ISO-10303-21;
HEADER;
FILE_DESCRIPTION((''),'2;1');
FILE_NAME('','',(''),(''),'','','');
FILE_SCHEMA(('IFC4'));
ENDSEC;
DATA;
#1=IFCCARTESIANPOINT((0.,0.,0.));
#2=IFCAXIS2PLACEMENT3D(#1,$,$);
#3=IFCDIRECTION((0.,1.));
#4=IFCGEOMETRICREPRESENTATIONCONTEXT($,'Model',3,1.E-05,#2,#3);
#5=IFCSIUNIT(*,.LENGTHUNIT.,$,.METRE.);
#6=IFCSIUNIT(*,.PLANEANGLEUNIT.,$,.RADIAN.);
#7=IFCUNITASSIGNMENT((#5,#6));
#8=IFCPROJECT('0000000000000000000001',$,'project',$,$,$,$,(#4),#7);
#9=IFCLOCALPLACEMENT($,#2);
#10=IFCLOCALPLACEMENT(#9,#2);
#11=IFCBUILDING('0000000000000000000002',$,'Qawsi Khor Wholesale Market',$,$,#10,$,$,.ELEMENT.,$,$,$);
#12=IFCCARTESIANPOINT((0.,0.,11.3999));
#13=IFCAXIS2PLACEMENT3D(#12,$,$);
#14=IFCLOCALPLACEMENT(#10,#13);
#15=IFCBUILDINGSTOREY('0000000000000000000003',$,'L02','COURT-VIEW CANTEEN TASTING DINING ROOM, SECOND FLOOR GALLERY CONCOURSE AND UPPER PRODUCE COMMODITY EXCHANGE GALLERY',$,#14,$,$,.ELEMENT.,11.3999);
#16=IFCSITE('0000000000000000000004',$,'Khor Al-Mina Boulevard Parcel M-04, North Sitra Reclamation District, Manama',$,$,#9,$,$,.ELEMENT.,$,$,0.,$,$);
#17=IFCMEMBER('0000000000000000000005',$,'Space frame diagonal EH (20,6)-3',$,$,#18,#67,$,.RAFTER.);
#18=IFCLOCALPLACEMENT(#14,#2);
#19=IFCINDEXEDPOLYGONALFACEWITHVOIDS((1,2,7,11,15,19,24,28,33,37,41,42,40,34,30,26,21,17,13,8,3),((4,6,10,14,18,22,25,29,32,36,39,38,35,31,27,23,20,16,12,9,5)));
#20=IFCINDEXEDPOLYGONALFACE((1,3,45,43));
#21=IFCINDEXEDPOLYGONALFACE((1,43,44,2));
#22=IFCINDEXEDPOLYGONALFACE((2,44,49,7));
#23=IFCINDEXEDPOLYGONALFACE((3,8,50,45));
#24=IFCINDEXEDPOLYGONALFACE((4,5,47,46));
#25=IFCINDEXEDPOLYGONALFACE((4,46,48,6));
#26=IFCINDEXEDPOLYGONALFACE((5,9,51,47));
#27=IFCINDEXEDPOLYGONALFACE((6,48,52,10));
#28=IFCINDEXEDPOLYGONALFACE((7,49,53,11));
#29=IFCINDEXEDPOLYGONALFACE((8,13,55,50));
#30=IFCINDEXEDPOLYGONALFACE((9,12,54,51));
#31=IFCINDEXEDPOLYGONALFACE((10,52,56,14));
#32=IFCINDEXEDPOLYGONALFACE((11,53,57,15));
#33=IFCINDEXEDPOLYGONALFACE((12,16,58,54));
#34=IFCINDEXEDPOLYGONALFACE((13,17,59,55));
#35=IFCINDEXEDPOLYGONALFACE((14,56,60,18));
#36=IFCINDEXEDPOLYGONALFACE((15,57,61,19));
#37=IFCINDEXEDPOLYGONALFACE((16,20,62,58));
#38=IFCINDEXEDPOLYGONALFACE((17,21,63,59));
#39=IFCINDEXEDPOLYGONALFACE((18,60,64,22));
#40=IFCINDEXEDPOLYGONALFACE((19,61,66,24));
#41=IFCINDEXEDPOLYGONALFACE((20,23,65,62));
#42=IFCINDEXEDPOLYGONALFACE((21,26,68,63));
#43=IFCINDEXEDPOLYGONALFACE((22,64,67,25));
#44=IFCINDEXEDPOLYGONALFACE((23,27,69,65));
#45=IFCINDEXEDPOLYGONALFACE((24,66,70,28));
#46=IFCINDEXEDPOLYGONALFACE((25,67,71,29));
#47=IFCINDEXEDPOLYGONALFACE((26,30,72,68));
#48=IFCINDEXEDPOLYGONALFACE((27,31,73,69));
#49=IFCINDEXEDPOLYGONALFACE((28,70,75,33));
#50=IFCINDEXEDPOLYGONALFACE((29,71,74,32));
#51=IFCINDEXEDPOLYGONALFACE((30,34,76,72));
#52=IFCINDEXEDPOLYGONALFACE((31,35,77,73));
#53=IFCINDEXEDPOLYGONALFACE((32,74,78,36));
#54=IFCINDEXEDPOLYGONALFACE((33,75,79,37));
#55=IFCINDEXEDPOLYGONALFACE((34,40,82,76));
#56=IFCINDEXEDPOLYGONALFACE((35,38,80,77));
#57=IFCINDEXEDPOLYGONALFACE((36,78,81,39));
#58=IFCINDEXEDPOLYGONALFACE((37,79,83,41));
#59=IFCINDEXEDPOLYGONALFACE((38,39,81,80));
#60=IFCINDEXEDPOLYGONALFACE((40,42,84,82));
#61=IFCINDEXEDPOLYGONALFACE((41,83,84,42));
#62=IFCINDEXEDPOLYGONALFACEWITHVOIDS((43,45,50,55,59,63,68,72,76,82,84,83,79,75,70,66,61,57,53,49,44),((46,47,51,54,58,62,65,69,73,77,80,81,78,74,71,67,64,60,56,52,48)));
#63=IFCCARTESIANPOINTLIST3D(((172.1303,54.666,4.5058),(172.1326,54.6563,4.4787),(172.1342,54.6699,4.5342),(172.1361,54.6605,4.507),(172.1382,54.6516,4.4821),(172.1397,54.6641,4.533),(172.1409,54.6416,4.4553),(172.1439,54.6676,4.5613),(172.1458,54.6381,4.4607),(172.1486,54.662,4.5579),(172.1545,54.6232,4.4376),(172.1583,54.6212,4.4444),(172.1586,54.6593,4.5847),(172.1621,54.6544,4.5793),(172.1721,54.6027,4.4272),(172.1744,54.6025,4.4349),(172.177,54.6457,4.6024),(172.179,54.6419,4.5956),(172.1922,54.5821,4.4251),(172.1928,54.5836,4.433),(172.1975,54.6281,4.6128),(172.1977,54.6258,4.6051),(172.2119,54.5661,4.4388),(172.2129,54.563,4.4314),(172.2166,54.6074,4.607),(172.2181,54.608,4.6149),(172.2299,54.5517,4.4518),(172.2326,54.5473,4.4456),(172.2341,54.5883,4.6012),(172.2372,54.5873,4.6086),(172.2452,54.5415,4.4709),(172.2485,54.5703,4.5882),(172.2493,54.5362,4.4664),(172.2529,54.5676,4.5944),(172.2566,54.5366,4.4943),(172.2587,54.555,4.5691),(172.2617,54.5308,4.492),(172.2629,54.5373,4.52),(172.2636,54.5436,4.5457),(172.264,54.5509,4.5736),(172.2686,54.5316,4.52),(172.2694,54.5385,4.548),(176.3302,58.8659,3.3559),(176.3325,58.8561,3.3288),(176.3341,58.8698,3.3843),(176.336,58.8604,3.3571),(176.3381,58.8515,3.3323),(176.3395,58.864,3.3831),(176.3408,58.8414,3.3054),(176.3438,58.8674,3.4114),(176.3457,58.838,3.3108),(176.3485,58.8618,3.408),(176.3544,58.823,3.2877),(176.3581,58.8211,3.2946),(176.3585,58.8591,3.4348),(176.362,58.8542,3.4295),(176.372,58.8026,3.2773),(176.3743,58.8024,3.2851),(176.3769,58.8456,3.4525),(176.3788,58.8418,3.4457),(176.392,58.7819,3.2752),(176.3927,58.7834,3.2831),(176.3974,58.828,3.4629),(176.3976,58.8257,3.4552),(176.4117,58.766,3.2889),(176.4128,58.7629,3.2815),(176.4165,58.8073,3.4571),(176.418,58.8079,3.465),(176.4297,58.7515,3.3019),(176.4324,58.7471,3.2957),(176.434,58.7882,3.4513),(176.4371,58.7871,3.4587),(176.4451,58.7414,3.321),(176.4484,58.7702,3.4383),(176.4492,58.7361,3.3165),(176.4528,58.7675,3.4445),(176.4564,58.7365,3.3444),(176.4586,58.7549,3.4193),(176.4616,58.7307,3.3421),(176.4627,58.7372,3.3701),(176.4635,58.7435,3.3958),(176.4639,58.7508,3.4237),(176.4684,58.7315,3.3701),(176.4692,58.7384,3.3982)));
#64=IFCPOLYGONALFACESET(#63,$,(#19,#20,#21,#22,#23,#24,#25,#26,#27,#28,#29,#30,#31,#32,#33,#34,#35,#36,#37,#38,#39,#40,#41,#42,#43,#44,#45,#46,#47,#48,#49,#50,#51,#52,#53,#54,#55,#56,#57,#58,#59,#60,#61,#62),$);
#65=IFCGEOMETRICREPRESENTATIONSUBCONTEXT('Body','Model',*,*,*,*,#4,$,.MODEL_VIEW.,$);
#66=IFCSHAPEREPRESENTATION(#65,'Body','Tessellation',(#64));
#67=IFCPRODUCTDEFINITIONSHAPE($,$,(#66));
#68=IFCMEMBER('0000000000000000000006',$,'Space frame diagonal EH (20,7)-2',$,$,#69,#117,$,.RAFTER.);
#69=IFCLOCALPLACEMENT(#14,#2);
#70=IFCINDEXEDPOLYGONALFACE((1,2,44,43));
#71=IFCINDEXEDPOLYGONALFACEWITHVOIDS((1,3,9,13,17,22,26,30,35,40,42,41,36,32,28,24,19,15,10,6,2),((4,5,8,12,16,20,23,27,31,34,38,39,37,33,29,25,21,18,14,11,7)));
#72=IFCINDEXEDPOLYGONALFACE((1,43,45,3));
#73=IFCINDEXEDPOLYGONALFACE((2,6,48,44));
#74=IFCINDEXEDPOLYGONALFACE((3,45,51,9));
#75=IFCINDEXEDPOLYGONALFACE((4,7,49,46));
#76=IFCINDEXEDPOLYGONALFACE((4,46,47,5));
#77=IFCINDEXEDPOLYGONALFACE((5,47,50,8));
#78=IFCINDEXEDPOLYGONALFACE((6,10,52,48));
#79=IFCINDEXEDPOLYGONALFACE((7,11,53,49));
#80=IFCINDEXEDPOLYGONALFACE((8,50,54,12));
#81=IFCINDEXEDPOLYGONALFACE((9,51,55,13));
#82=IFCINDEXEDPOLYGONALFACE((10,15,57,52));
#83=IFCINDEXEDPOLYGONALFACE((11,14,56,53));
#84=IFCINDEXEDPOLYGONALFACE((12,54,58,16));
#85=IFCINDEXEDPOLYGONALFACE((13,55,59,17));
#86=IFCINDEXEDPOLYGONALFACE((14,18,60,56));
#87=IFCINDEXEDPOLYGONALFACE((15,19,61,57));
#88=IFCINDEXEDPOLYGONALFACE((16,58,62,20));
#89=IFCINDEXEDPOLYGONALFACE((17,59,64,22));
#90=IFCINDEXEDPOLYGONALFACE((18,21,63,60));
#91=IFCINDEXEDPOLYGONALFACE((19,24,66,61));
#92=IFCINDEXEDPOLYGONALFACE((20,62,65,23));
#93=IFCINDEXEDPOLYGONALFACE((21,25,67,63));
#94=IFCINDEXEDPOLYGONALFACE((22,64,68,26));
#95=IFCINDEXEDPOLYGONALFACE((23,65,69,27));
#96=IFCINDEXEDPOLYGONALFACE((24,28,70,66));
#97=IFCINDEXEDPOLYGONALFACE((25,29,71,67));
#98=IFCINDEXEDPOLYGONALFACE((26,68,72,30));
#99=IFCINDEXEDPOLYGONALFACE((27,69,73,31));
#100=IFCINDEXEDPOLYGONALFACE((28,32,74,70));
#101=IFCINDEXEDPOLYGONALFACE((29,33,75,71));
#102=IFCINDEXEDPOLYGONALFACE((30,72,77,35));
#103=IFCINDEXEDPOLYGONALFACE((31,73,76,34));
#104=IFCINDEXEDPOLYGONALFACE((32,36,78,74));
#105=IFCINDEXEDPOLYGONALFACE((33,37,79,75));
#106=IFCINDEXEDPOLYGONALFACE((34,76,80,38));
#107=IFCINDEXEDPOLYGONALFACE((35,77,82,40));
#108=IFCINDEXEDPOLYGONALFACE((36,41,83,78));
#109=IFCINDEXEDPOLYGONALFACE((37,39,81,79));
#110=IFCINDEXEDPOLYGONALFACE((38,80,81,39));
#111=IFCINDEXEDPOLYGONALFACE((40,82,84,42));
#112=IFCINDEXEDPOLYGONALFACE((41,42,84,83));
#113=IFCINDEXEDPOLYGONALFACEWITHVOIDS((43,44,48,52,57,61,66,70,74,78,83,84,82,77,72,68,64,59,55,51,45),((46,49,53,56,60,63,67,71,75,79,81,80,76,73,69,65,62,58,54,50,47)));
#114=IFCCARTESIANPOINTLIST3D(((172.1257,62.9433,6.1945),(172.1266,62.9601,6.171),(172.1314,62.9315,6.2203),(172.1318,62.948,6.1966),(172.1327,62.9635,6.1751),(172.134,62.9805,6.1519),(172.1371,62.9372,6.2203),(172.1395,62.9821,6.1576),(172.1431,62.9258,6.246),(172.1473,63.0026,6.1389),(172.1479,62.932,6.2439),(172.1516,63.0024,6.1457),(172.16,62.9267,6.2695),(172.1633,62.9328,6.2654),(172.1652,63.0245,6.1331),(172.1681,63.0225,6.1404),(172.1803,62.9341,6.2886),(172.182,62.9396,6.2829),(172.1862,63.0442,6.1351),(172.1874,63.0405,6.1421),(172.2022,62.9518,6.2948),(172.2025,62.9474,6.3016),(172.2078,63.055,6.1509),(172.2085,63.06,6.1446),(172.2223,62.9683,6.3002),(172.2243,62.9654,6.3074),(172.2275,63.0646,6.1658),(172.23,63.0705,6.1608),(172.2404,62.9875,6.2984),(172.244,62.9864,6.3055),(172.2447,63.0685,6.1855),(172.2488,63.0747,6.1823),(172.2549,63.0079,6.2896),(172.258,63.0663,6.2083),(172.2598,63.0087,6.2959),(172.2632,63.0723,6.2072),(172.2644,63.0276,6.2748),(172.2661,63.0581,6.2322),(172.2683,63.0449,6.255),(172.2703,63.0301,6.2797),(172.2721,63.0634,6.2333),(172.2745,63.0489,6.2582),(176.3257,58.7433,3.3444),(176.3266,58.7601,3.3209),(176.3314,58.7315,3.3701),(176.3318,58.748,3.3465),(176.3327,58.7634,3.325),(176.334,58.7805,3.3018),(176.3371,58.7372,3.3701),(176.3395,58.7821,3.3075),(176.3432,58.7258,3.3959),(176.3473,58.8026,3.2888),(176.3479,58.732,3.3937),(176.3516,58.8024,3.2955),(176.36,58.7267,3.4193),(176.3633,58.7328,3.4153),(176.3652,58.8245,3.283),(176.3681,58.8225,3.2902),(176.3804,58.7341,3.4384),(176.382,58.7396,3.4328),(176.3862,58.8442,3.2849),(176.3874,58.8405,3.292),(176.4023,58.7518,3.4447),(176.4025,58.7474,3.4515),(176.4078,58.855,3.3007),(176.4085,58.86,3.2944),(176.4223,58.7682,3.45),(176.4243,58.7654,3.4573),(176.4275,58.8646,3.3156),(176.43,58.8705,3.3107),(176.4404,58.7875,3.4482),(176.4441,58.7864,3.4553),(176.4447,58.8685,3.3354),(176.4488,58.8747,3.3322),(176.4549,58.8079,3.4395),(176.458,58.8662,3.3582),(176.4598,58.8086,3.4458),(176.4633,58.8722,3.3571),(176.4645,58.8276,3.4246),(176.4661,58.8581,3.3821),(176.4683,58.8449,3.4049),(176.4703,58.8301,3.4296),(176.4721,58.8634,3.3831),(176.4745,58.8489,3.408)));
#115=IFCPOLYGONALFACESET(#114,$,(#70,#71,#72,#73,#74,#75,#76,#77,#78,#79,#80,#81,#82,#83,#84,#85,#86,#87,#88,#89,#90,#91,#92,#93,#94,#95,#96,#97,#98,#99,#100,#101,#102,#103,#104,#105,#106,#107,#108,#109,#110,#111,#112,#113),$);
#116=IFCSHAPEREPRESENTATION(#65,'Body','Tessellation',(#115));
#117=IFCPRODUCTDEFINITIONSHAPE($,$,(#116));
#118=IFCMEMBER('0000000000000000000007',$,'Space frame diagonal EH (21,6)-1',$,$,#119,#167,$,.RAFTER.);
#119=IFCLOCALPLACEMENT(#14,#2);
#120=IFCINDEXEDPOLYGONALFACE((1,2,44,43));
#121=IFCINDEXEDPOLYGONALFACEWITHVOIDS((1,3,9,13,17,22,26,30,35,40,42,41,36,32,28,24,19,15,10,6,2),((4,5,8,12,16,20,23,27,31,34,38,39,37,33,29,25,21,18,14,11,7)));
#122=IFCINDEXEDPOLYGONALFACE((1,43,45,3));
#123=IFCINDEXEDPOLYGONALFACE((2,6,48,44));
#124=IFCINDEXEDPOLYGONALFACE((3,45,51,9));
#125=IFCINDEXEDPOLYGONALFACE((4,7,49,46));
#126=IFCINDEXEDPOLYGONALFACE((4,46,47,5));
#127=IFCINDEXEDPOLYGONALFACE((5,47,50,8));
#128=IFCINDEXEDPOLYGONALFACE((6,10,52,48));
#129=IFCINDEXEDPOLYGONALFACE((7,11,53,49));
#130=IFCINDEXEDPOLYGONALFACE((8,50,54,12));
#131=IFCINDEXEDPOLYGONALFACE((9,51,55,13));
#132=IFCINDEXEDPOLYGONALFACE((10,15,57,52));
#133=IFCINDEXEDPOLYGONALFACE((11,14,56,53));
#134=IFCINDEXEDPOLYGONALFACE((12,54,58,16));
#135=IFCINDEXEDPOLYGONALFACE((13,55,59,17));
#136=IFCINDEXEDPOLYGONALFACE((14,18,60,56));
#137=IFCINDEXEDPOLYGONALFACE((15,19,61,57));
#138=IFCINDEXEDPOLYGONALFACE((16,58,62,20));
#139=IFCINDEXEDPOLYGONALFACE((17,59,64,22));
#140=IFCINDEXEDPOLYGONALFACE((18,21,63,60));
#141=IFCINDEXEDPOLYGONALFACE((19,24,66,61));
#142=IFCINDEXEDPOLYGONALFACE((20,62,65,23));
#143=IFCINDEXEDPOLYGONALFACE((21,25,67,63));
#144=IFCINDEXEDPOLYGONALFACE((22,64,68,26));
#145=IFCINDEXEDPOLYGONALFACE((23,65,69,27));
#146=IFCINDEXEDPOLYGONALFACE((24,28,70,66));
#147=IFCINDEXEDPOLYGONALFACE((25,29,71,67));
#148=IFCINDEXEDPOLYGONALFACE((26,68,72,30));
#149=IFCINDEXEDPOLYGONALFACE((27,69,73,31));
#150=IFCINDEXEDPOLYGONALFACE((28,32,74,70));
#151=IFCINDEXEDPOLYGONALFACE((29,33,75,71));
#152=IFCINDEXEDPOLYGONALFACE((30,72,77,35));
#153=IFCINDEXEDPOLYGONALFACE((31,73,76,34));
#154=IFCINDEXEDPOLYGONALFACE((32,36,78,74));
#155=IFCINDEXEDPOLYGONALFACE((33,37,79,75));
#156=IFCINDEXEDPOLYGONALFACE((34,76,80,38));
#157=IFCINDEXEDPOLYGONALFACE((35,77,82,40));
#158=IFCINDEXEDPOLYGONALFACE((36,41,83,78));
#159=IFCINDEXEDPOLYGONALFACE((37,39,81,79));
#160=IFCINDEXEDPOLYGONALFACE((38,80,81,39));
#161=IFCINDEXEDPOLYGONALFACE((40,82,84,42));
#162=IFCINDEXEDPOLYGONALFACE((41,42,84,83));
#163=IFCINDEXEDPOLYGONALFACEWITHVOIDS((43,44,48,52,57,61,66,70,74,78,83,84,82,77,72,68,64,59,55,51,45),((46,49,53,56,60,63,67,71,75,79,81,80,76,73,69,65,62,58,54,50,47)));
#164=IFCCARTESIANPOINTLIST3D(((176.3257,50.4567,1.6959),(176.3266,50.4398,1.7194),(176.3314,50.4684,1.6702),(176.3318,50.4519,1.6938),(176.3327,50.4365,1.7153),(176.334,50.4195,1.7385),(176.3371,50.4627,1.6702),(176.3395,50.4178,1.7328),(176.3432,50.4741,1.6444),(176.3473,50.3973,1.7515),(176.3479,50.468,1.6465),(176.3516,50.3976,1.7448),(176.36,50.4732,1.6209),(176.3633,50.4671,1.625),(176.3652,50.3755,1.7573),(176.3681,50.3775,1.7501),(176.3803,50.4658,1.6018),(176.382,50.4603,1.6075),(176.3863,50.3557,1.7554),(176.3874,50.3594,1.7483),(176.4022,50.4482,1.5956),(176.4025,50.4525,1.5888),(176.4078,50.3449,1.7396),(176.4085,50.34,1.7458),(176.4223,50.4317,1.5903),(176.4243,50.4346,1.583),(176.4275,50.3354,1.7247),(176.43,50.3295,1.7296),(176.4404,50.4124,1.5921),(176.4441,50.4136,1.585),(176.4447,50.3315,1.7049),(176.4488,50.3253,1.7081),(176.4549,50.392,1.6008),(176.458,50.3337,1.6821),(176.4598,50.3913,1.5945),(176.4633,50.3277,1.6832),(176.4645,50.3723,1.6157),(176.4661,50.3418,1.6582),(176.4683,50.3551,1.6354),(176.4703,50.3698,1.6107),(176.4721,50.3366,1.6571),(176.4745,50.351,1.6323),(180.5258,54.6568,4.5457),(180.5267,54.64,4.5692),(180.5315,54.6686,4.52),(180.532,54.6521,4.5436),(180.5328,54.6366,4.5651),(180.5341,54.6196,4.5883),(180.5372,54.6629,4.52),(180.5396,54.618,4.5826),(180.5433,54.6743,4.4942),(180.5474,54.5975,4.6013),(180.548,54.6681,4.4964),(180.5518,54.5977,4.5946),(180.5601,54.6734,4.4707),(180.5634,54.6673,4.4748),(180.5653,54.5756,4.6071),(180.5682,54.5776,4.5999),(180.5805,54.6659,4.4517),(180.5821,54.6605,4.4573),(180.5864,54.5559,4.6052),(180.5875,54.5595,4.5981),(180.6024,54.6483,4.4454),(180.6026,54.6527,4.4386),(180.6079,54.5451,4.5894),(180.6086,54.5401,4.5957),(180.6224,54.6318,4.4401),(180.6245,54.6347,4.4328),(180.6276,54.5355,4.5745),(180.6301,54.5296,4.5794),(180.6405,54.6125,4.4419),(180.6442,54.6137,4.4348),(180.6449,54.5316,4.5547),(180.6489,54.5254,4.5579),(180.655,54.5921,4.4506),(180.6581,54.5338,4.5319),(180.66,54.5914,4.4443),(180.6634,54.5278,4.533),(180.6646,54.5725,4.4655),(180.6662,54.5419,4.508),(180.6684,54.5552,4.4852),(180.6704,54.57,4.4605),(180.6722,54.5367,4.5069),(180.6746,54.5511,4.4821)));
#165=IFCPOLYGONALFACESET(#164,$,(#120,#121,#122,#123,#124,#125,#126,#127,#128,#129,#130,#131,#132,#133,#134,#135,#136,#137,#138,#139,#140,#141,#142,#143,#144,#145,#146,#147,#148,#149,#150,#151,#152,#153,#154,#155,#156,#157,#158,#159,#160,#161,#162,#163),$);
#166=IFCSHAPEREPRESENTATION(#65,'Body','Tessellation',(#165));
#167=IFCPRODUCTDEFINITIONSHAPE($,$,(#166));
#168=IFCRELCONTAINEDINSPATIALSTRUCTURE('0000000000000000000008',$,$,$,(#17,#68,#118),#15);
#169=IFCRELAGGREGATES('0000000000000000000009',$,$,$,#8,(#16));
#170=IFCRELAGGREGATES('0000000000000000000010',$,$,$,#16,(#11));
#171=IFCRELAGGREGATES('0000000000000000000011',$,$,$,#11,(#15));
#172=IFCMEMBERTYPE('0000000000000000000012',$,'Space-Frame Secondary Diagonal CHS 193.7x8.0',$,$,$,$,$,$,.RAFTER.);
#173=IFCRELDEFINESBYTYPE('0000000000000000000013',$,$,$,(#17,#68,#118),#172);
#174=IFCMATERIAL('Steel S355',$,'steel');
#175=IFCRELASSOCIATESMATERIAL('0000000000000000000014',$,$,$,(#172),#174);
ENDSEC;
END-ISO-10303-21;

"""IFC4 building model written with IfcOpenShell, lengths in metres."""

from ifc_helpers import new_model, si_unit, direction, frame, origin, origin_2d, place, context, subcontext, project, spatial, hollow_circle, extrude, material, material_profile, profile_set, type_object, element, save


model = new_model("IFC4")

# Units and contexts
model_context = context("Model", 3, precision=1e-05, world=origin(), true_north=direction((0.0, 1.0)))
body_context = subcontext(model_context, "Body", "Model", "MODEL_VIEW")
ifc_project = project(units=[si_unit("LENGTHUNIT", "METRE"), si_unit("PLANEANGLEUNIT", "RADIAN")], contexts=[model_context])

# Site, building, storey
site_placement = place(None, origin())
site = spatial("IfcSite", under=ifc_project, at=site_placement, Name="Khor Al-Mina Boulevard Parcel M-04, North Sitra Reclamation District, Manama", CompositionType="ELEMENT", RefElevation=0.0)
building_placement = place(site_placement, origin())
building = spatial("IfcBuilding", under=site, at=building_placement, Name="Qawsi Khor Wholesale Market", CompositionType="ELEMENT")
storey_placement = place(building_placement, frame((0.0, 0.0, 11.3999)))
storey = spatial("IfcBuildingStorey", under=building, at=storey_placement, Name="L02", Description="COURT-VIEW CANTEEN TASTING DINING ROOM, SECOND FLOOR GALLERY CONCOURSE AND UPPER PRODUCE COMMODITY EXCHANGE GALLERY", CompositionType="ELEMENT", Elevation=11.3999)

# Members
ifc_material_1 = material(Name="Steel S355", Category="steel")
ifc_material_profile_1 = material_profile(ifc_material_1, hollow_circle(Radius=0.0969, WallThickness=0.0081, at=origin_2d()), Name="CHS 193.7x8.0")
ifc_profile_set_1 = profile_set([ifc_material_profile_1], Name="Steel S355")
member_type_1 = type_object("IfcMemberType", Name="Space-Frame Secondary Diagonal CHS 193.7x8.0", PredefinedType="RAFTER", material=ifc_profile_set_1)
member_1_placement = place(storey_placement, frame((176.3999, 58.8, 3.3701), z_axis=(-0.694217, -0.694217, 0.190069), x_axis=(0.707107, -0.707107, 0.0)))
element("IfcMember", 1, at=member_1_placement, inside=storey, type_object=member_type_1, Name="Space frame diagonal EH (20,6)-3", PredefinedType="RAFTER", context=body_context, shape_type="SweptSolid", body=[
    extrude(hollow_circle(Radius=0.0969, WallThickness=0.0081, at=origin_2d()), origin(), (0.0, 0.0, 1.0), 6.0498),
])
for number, where, z_axis, x_axis, name in (
    (2, (176.3999, 58.8, 3.3701), (-0.637512, 0.637512, 0.432617), (-0.707107, -0.707107, 0.0), "Space frame diagonal EH (20,7)-2"),
    (3, (176.3999, 50.3999, 1.6702), (0.637529, 0.637529, 0.432567), (-0.707107, 0.707107, 0.0), "Space frame diagonal EH (21,6)-1"),
):
    element("IfcMember", number, at=place(storey_placement, frame(where, z_axis=z_axis, x_axis=x_axis)), inside=storey, type_object=member_type_1, Name=name, PredefinedType="RAFTER", context=body_context, shape_type="SweptSolid", body=[
        extrude(hollow_circle(Radius=0.0969, WallThickness=0.0081, at=origin_2d()), origin(), (0.0, 0.0, 1.0), 6.5881),
    ])

save(model, "model.ifc")
